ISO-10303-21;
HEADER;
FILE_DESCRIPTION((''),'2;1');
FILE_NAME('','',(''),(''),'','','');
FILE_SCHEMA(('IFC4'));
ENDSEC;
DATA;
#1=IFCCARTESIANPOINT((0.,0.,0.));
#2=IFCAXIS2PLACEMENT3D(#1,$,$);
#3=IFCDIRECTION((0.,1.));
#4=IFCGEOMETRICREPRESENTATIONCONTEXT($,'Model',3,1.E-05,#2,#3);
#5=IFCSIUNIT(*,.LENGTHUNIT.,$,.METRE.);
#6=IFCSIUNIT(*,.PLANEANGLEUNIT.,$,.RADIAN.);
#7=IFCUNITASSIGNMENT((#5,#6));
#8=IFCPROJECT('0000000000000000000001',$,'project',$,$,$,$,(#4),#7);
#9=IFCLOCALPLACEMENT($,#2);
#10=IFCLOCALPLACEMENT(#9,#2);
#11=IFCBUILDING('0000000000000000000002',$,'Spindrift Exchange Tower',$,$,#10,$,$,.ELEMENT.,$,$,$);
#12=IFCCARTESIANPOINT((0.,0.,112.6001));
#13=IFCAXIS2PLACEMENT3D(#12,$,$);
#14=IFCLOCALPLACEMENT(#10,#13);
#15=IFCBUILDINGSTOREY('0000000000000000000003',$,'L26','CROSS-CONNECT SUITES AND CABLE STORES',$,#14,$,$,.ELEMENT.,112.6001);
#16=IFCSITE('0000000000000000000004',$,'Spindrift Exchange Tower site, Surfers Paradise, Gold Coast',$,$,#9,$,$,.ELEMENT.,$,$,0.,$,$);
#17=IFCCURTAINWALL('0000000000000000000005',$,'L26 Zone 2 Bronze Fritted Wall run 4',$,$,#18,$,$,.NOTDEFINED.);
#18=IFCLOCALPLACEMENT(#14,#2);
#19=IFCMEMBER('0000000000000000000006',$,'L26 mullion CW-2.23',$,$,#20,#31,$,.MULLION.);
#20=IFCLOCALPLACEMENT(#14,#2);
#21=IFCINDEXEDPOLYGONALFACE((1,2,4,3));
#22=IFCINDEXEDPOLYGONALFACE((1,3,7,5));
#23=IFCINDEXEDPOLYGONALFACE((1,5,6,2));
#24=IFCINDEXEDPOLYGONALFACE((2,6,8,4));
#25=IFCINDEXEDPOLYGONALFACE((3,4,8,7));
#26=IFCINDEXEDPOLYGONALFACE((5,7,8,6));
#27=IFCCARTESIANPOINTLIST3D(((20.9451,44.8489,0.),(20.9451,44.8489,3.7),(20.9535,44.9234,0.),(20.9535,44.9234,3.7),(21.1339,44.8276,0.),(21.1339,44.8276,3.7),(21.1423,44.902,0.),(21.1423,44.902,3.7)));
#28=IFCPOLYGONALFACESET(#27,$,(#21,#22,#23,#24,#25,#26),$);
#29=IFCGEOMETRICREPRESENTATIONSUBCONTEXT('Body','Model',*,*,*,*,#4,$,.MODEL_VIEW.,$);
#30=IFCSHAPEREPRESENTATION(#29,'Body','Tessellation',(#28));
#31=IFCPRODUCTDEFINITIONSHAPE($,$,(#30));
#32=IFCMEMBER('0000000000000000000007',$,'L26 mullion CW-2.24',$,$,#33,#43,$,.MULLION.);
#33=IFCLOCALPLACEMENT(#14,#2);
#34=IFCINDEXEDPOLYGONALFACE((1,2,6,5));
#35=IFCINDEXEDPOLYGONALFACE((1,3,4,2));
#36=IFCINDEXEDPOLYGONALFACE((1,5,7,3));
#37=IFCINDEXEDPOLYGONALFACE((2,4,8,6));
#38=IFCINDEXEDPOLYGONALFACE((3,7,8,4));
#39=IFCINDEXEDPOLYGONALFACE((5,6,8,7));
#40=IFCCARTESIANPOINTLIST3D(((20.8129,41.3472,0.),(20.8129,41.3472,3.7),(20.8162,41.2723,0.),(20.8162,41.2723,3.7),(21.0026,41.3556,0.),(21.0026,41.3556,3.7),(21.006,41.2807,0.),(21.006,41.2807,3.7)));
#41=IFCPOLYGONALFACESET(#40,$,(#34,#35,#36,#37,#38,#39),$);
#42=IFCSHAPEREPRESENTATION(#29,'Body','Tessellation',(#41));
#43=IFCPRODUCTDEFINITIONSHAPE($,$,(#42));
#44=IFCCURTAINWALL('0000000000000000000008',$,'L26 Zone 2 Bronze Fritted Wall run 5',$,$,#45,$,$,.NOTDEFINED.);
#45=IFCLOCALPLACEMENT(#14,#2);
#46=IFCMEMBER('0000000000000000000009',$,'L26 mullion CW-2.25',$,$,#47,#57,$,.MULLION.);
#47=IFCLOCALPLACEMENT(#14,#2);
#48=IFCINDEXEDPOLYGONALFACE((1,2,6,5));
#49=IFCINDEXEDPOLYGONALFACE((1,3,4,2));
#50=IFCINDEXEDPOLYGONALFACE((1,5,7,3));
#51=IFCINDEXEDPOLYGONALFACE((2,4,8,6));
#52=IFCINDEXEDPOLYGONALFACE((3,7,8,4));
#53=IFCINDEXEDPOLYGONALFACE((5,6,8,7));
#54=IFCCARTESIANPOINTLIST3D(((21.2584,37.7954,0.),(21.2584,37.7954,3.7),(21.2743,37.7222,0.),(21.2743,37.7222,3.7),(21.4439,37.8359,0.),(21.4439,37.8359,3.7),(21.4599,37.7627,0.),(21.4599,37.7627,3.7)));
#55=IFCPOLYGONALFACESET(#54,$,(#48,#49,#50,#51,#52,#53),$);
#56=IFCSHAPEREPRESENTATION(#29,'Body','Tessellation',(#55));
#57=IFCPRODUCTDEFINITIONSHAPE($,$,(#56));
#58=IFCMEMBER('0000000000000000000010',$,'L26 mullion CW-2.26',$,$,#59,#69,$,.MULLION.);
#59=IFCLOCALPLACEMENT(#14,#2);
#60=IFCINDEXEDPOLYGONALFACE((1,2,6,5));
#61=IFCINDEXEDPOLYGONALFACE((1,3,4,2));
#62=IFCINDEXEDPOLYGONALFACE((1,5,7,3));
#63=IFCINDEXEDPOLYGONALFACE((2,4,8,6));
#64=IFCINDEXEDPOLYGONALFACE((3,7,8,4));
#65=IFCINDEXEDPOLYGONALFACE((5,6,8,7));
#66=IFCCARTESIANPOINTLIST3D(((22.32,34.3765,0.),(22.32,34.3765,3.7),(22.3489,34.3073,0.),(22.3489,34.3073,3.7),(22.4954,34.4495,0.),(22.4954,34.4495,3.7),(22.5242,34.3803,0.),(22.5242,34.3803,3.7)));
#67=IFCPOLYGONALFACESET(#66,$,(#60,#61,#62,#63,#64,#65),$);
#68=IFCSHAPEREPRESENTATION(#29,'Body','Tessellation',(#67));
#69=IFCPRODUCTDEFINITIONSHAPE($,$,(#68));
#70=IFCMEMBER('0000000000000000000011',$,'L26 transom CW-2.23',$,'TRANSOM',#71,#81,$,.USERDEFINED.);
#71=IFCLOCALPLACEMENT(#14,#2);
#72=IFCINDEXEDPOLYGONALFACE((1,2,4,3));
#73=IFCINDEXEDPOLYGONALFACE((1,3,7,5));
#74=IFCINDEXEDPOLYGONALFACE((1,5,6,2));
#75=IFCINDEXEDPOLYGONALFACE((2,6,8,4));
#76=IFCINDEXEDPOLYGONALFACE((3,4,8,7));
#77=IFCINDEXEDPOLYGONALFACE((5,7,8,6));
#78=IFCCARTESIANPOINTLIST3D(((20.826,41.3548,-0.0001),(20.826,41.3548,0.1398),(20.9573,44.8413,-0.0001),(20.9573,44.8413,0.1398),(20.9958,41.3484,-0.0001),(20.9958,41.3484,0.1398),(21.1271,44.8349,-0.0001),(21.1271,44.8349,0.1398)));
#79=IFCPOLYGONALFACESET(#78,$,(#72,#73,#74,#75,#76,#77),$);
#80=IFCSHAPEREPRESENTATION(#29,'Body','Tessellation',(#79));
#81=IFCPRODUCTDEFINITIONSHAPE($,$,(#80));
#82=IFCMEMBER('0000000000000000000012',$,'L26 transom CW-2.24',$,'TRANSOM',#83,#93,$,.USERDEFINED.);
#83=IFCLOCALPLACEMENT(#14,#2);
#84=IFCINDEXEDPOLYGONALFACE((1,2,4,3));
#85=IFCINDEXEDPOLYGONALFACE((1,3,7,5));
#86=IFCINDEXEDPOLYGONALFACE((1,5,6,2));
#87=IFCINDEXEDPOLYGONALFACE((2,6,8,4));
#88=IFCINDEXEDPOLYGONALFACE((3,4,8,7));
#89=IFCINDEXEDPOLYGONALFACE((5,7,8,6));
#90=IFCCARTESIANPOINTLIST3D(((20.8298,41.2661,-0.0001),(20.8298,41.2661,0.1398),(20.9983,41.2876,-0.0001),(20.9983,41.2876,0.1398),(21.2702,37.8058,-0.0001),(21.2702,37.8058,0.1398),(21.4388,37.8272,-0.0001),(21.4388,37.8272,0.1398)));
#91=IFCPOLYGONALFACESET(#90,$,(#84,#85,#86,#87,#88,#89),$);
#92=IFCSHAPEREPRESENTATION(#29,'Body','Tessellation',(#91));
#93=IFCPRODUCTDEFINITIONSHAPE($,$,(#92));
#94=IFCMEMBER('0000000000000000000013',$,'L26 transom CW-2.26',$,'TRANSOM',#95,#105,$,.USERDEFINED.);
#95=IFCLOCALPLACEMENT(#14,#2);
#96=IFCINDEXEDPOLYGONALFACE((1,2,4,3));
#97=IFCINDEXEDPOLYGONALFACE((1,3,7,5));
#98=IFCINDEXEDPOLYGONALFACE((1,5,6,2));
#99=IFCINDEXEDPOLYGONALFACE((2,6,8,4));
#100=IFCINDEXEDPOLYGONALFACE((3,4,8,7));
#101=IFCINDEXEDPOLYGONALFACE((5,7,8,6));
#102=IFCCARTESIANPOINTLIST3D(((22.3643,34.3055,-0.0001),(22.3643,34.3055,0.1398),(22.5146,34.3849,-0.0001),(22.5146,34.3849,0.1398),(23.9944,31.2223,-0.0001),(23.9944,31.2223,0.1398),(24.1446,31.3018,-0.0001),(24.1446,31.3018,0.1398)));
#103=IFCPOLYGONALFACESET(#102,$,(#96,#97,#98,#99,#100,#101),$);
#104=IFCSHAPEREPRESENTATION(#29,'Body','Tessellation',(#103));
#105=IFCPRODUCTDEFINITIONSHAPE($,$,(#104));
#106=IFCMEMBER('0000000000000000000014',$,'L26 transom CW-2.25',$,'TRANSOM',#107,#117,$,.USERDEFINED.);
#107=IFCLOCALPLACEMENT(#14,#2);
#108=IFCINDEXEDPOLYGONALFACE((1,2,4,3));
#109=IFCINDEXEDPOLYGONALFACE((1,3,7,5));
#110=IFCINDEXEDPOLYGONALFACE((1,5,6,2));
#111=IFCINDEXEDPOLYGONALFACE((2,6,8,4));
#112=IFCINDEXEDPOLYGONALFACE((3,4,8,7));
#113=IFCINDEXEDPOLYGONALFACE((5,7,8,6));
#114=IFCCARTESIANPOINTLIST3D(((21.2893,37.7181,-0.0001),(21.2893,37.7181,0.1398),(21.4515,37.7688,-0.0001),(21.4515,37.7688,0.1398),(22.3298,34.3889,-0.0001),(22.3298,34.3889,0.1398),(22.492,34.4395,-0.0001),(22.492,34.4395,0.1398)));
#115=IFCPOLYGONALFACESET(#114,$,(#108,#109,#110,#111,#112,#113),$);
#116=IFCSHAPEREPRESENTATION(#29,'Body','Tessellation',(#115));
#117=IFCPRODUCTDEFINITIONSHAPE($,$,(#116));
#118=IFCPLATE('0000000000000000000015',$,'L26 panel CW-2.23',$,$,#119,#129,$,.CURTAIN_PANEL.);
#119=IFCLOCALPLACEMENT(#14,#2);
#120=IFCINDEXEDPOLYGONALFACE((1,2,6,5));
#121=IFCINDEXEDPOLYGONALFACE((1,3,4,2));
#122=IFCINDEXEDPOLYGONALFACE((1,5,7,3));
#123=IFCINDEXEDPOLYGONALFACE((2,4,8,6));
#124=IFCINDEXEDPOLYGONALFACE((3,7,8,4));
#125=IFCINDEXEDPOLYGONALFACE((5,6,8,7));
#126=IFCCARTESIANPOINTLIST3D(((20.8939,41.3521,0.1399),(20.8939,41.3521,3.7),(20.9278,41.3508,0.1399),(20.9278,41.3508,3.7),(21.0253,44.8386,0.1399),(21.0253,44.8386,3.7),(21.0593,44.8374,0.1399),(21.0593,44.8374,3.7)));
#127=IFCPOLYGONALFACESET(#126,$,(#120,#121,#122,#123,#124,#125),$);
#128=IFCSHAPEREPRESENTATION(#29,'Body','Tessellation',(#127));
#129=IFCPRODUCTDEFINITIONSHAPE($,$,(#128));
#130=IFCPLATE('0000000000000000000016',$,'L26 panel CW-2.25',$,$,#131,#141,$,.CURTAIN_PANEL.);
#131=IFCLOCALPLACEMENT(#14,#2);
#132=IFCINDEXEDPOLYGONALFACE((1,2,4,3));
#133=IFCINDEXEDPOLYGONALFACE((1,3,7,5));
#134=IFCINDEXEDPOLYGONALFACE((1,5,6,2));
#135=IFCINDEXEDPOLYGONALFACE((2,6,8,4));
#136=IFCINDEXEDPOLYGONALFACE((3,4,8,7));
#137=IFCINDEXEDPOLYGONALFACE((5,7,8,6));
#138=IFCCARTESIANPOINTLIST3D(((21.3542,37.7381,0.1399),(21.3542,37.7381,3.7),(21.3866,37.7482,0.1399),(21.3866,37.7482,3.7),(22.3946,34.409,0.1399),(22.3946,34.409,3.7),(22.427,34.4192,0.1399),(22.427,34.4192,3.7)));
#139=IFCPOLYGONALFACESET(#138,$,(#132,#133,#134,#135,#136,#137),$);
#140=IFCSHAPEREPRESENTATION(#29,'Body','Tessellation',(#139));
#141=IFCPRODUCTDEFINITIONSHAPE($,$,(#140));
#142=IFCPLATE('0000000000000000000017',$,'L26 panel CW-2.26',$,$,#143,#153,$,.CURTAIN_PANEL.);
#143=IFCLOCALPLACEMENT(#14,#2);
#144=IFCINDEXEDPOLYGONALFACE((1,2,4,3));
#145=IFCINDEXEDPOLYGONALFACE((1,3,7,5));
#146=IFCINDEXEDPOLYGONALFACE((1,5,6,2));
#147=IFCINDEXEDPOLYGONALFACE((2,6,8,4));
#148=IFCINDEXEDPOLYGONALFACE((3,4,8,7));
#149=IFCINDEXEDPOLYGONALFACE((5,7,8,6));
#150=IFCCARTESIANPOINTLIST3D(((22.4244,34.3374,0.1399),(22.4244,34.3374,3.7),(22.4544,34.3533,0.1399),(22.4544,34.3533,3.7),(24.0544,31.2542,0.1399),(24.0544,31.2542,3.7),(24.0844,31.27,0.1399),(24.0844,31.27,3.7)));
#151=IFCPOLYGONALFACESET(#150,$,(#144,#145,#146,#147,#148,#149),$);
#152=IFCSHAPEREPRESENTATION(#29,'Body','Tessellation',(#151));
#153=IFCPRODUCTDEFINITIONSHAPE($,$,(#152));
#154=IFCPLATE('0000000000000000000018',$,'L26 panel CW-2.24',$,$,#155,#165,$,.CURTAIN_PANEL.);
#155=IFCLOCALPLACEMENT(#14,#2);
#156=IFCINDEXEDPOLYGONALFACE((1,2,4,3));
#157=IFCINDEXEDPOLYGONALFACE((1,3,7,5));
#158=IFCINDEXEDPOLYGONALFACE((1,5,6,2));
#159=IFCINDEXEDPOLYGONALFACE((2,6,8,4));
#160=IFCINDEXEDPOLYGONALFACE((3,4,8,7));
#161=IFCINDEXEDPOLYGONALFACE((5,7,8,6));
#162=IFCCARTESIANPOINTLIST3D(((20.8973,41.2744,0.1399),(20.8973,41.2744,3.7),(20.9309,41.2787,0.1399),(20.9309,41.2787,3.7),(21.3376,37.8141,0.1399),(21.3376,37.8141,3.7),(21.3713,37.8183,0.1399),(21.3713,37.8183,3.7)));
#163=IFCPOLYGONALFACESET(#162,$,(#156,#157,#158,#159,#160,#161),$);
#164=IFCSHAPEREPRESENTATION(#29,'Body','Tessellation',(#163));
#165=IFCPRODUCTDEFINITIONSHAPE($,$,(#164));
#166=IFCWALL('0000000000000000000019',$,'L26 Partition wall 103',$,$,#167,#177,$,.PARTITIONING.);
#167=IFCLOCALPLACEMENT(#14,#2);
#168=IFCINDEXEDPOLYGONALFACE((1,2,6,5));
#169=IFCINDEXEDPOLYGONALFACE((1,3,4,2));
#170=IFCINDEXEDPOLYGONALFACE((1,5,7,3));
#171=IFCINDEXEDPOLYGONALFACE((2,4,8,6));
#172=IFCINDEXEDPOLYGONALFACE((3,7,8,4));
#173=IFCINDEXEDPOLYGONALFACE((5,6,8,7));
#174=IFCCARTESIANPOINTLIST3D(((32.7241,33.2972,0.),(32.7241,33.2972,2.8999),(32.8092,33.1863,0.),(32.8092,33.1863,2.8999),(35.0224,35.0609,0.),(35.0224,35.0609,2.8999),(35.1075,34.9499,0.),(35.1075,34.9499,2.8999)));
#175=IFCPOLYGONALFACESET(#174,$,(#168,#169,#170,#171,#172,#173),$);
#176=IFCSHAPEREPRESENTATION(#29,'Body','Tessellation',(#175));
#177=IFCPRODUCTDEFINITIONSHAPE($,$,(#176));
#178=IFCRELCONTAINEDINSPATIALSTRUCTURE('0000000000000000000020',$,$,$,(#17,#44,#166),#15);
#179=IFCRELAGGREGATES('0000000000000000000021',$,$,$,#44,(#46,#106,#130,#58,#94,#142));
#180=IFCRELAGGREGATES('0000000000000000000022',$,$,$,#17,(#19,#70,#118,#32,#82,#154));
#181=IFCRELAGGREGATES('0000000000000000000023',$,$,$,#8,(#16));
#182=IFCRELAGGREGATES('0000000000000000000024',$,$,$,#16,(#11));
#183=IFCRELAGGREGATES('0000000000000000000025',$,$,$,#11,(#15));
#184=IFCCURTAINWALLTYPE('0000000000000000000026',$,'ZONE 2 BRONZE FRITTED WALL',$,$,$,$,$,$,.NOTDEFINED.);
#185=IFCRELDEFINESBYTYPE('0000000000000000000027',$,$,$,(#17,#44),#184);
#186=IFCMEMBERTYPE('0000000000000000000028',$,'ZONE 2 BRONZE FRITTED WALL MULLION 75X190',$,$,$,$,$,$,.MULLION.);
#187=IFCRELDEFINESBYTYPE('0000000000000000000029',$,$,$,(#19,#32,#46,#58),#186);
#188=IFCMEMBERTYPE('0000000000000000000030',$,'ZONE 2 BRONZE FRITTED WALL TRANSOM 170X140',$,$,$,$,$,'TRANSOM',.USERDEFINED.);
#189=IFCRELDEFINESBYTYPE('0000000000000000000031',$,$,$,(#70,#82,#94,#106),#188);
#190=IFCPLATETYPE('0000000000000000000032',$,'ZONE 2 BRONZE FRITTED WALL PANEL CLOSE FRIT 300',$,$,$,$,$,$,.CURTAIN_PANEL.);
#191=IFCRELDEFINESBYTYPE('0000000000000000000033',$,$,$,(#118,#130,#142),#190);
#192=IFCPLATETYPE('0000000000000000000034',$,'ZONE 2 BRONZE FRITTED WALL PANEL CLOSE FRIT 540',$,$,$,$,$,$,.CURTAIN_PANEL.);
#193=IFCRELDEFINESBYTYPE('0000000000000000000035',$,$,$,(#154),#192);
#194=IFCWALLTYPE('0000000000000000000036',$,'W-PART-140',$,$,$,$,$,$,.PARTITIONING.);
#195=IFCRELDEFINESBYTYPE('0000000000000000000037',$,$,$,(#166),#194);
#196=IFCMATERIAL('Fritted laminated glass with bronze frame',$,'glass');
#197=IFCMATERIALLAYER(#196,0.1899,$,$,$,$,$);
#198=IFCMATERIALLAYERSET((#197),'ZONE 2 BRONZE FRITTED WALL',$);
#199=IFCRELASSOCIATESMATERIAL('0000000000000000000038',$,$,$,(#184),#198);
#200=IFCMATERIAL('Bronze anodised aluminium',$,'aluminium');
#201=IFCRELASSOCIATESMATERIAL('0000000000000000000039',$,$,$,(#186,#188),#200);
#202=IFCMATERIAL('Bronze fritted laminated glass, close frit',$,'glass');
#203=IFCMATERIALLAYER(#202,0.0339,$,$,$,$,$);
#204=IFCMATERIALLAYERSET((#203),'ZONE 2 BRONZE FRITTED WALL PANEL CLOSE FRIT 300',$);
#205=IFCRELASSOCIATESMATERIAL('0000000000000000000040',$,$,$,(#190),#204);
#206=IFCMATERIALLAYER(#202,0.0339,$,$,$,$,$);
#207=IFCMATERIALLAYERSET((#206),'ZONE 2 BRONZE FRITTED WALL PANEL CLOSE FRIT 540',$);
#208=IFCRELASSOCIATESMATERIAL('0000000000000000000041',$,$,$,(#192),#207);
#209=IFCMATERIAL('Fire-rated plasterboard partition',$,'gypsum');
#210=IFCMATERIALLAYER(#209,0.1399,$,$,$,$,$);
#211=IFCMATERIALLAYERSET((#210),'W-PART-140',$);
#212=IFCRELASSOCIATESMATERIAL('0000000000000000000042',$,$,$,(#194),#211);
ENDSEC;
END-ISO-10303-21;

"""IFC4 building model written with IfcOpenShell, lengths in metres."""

from ifc_helpers import new_model, si_unit, direction, frame, frame_2d, origin, origin_2d, place, context, subcontext, project, spatial, rectangle, extrude, source, transform, mapped, material, layer, layer_set, material_profile, profile_set, type_object, element, aggregate, save


model = new_model("IFC4")

# Units and contexts
model_context = context("Model", 3, precision=1e-05, world=origin(), true_north=direction((0.0, 1.0)))
body_context = subcontext(model_context, "Body", "Model", "MODEL_VIEW")
ifc_project = project(units=[si_unit("LENGTHUNIT", "METRE"), si_unit("PLANEANGLEUNIT", "RADIAN")], contexts=[model_context])

# Site, building, storey
site_placement = place(None, origin())
site = spatial("IfcSite", under=ifc_project, at=site_placement, Name="Spindrift Exchange Tower site, Surfers Paradise, Gold Coast", CompositionType="ELEMENT", RefElevation=0.0)
building_placement = place(site_placement, origin())
building = spatial("IfcBuilding", under=site, at=building_placement, Name="Spindrift Exchange Tower", CompositionType="ELEMENT")
storey_placement = place(building_placement, frame((0.0, 0.0, 112.6001)))
storey = spatial("IfcBuildingStorey", under=building, at=storey_placement, Name="L26", Description="CROSS-CONNECT SUITES AND CABLE STORES", CompositionType="ELEMENT", Elevation=112.6001)

# Curtain walls, members
ifc_material_1 = material(Name="Fritted laminated glass with bronze frame", Category="glass")
ifc_layer_1 = layer(ifc_material_1, 0.1899)
ifc_layer_set_1 = layer_set([ifc_layer_1], Name="ZONE 2 BRONZE FRITTED WALL")
curtain_wall_type = type_object("IfcCurtainWallType", Name="ZONE 2 BRONZE FRITTED WALL", PredefinedType="NOTDEFINED", material=ifc_layer_set_1)
curtain_wall_1_placement = place(storey_placement, origin())
curtain_wall_1 = element("IfcCurtainWall", 1, at=curtain_wall_1_placement, inside=storey, type_object=curtain_wall_type, Name="L26 Zone 2 Bronze Fritted Wall run 4", PredefinedType="NOTDEFINED")
ifc_material_2 = material(Name="Bronze anodised aluminium", Category="aluminium")
ifc_material_profile_1 = material_profile(ifc_material_2, rectangle(XDim=0.075, YDim=0.1899, at=origin_2d()), Name="ZONE 2 BRONZE FRITTED WALL MULLION 75X190")
ifc_profile_set_1 = profile_set([ifc_material_profile_1], Name="Bronze anodised aluminium")
member_type_1 = type_object("IfcMemberType", Name="ZONE 2 BRONZE FRITTED WALL MULLION 75X190", PredefinedType="MULLION", material=ifc_profile_set_1)
shared_shape_1 = source(origin(), body_context, "Body", "SweptSolid", [
    extrude(rectangle(XDim=0.075, YDim=0.1899, at=origin_2d()), origin(), (0.0, 0.0, 1.0), 3.7),
])
member_1_placement = place(storey_placement, frame((21.0437, 44.8755, 0.0), z_axis=(0.0, 0.0, 1.0), x_axis=(-0.112431, -0.99366, 0.0)))
member_1 = element("IfcMember", 2, at=member_1_placement, type_object=member_type_1, Name="L26 mullion CW-2.23", PredefinedType="MULLION", context=body_context, shape_type="MappedRepresentation", body=[
    mapped(shared_shape_1, transform((0.0, 0.0, 0.0), scale=1.0)),
])
member_2_placement = place(storey_placement, frame((20.9094, 41.314, 0.0), z_axis=(0.0, 0.0, 1.0), x_axis=(0.044423, -0.999013, 0.0)))
member_2 = element("IfcMember", 3, at=member_2_placement, type_object=member_type_1, Name="L26 mullion CW-2.24", PredefinedType="MULLION", context=body_context, shape_type="MappedRepresentation", body=[
    mapped(shared_shape_1, transform((0.0, 0.0, 0.0), scale=1.0)),
])
curtain_wall_2_placement = place(storey_placement, origin())
curtain_wall_2 = element("IfcCurtainWall", 4, at=curtain_wall_2_placement, inside=storey, type_object=curtain_wall_type, Name="L26 Zone 2 Bronze Fritted Wall run 5", PredefinedType="NOTDEFINED")
member_3_placement = place(storey_placement, frame((21.3591, 37.7791, 0.0), z_axis=(0.0, 0.0, 1.0), x_axis=(0.213089, -0.977033, 0.0)))
member_3 = element("IfcMember", 5, at=member_3_placement, type_object=member_type_1, Name="L26 mullion CW-2.25", PredefinedType="MULLION", context=body_context, shape_type="MappedRepresentation", body=[
    mapped(shared_shape_1, transform((0.0, 0.0, 0.0), scale=1.0)),
])
member_4_placement = place(storey_placement, frame((22.4221, 34.3784, 0.0), z_axis=(0.0, 0.0, 1.0), x_axis=(0.38444, -0.92315, 0.0)))
member_4 = element("IfcMember", 6, at=member_4_placement, type_object=member_type_1, Name="L26 mullion CW-2.26", PredefinedType="MULLION", context=body_context, shape_type="MappedRepresentation", body=[
    mapped(shared_shape_1, transform((0.0, 0.0, 0.0), scale=1.0)),
])

# Members
ifc_material_profile_2 = material_profile(ifc_material_2, rectangle(XDim=0.1699, YDim=0.1399, at=origin_2d()), Name="ZONE 2 BRONZE FRITTED WALL TRANSOM 170X140")
ifc_profile_set_2 = profile_set([ifc_material_profile_2], Name="Bronze anodised aluminium")
member_type_2 = type_object("IfcMemberType", Name="ZONE 2 BRONZE FRITTED WALL TRANSOM 170X140", ElementType="TRANSOM", PredefinedType="USERDEFINED", material=ifc_profile_set_2)
shared_shape_2 = source(origin(), body_context, "Body", "SweptSolid", [
    extrude(rectangle(XDim=0.1699, YDim=0.1399, at=origin_2d()), origin(), (0.0, 0.0, 1.0), 3.489),
])
member_5_placement = place(storey_placement, frame((21.0422, 44.8381, 0.0698), z_axis=(-0.037646, -0.999291, 0.0), x_axis=(0.999291, -0.037646, 0.0)))
member_5 = element("IfcMember", 7, at=member_5_placement, type_object=member_type_2, Name="L26 transom CW-2.23", ObjectType="TRANSOM", PredefinedType="USERDEFINED", context=body_context, shape_type="MappedRepresentation", body=[
    mapped(shared_shape_2, transform((0.0, 0.0, 0.0), scale=1.0)),
])
shared_shape_3 = source(origin(), body_context, "Body", "SweptSolid", [
    extrude(rectangle(XDim=0.1699, YDim=0.1399, at=origin_2d()), origin(), (0.0, 0.0, 1.0), 3.4883),
])
member_6_placement = place(storey_placement, frame((20.9141, 41.2769, 0.0698), z_axis=(0.126257, -0.991998, 0.0), x_axis=(0.991998, 0.126257, 0.0)))
member_6 = element("IfcMember", 8, at=member_6_placement, type_object=member_type_2, Name="L26 transom CW-2.24", ObjectType="TRANSOM", PredefinedType="USERDEFINED", context=body_context, shape_type="MappedRepresentation", body=[
    mapped(shared_shape_3, transform((0.0, 0.0, 0.0), scale=1.0)),
])
shared_shape_4 = source(origin(), body_context, "Body", "SweptSolid", [
    extrude(rectangle(XDim=0.1699, YDim=0.1399, at=origin_2d()), origin(), (0.0, 0.0, 1.0), 3.4875),
])
member_7_placement = place(storey_placement, frame((22.4395, 34.3452, 0.0698), z_axis=(0.467399, -0.884047, 0.0), x_axis=(0.884047, 0.467399, 0.0)))
member_7 = element("IfcMember", 9, at=member_7_placement, type_object=member_type_2, Name="L26 transom CW-2.26", ObjectType="TRANSOM", PredefinedType="USERDEFINED", context=body_context, shape_type="MappedRepresentation", body=[
    mapped(shared_shape_4, transform((0.0, 0.0, 0.0), scale=1.0)),
])
shared_shape_5 = source(origin(), body_context, "Body", "SweptSolid", [
    extrude(rectangle(XDim=0.1699, YDim=0.1399, at=origin_2d()), origin(), (0.0, 0.0, 1.0), 3.488),
])
member_8_placement = place(storey_placement, frame((21.3704, 37.7434, 0.0698), z_axis=(0.298323, -0.954465, 0.0), x_axis=(0.954465, 0.298323, 0.0)))
member_8 = element("IfcMember", 10, at=member_8_placement, type_object=member_type_2, Name="L26 transom CW-2.25", ObjectType="TRANSOM", PredefinedType="USERDEFINED", context=body_context, shape_type="MappedRepresentation", body=[
    mapped(shared_shape_5, transform((0.0, 0.0, 0.0), scale=1.0)),
])

# Plates
ifc_material_3 = material(Name="Bronze fritted laminated glass, close frit", Category="glass")
ifc_layer_2 = layer(ifc_material_3, 0.0339)
ifc_layer_set_2 = layer_set([ifc_layer_2], Name="ZONE 2 BRONZE FRITTED WALL PANEL CLOSE FRIT 300")
plate_type_1 = type_object("IfcPlateType", Name="ZONE 2 BRONZE FRITTED WALL PANEL CLOSE FRIT 300", PredefinedType="CURTAIN_PANEL", material=ifc_layer_set_2)
shared_shape_6 = source(origin(), body_context, "Body", "SweptSolid", [
    extrude(rectangle(XDim=3.489, YDim=0.0339, at=origin_2d()), origin(), (0.0, 0.0, 1.0), 3.5601),
])
plate_1_placement = place(storey_placement, frame((20.9766, 43.0947, 0.1399), z_axis=(0.0, 0.0, 1.0), x_axis=(-0.037681, -0.99929, 0.0)))
plate_1 = element("IfcPlate", 11, at=plate_1_placement, type_object=plate_type_1, Name="L26 panel CW-2.23", PredefinedType="CURTAIN_PANEL", context=body_context, shape_type="MappedRepresentation", body=[
    mapped(shared_shape_6, transform((0.0, 0.0, 0.0), scale=1.0)),
])
shared_shape_7 = source(origin(), body_context, "Body", "SweptSolid", [
    extrude(rectangle(XDim=3.4878, YDim=0.0339, at=origin_2d()), origin(), (0.0, 0.0, 1.0), 3.5601),
])
plate_2_placement = place(storey_placement, frame((21.8906, 36.0786, 0.1399), z_axis=(0.0, 0.0, 1.0), x_axis=(0.298296, -0.954473, 0.0)))
plate_2 = element("IfcPlate", 12, at=plate_2_placement, type_object=plate_type_1, Name="L26 panel CW-2.25", PredefinedType="CURTAIN_PANEL", context=body_context, shape_type="MappedRepresentation", body=[
    mapped(shared_shape_7, transform((0.0, 0.0, 0.0), scale=1.0)),
])
shared_shape_8 = source(origin(), body_context, "Body", "SweptSolid", [
    extrude(rectangle(XDim=3.4875, YDim=0.0339, at=origin_2d()), origin(), (0.0, 0.0, 1.0), 3.5601),
])
plate_3_placement = place(storey_placement, frame((23.2544, 32.8037, 0.1399), z_axis=(0.0, 0.0, 1.0), x_axis=(0.467354, -0.88407, 0.0)))
plate_3 = element("IfcPlate", 13, at=plate_3_placement, type_object=plate_type_1, Name="L26 panel CW-2.26", PredefinedType="CURTAIN_PANEL", context=body_context, shape_type="MappedRepresentation", body=[
    mapped(shared_shape_8, transform((0.0, 0.0, 0.0), scale=1.0)),
])
aggregate(curtain_wall_2, [member_3, member_8, plate_2, member_4, member_7, plate_3])
ifc_layer_3 = layer(ifc_material_3, 0.0339)
ifc_layer_set_3 = layer_set([ifc_layer_3], Name="ZONE 2 BRONZE FRITTED WALL PANEL CLOSE FRIT 540")
plate_type_2 = type_object("IfcPlateType", Name="ZONE 2 BRONZE FRITTED WALL PANEL CLOSE FRIT 540", PredefinedType="CURTAIN_PANEL", material=ifc_layer_set_3)
shared_shape_9 = source(origin(), body_context, "Body", "SweptSolid", [
    extrude(rectangle(XDim=3.4883, YDim=0.0339, at=origin_2d()), origin(), (0.0, 0.0, 1.0), 3.5601),
])
plate_4_placement = place(storey_placement, frame((21.1343, 39.5464, 0.1399), z_axis=(0.0, 0.0, 1.0), x_axis=(0.126228, -0.992001, 0.0)))
plate_4 = element("IfcPlate", 14, at=plate_4_placement, type_object=plate_type_2, Name="L26 panel CW-2.24", PredefinedType="CURTAIN_PANEL", context=body_context, shape_type="MappedRepresentation", body=[
    mapped(shared_shape_9, transform((0.0, 0.0, 0.0), scale=1.0)),
])
aggregate(curtain_wall_1, [member_1, member_5, plate_1, member_2, member_6, plate_4])

# Wall
ifc_material_4 = material(Name="Fire-rated plasterboard partition", Category="gypsum")
ifc_layer_4 = layer(ifc_material_4, 0.1399)
ifc_layer_set_4 = layer_set([ifc_layer_4], Name="W-PART-140")
wall_type_1 = type_object("IfcWallType", Name="W-PART-140", PredefinedType="PARTITIONING", material=ifc_layer_set_4)
wall_1_placement = place(storey_placement, frame((35.0649, 35.0054, 0.0), z_axis=(0.0, 0.0, 1.0), x_axis=(-0.793338, -0.608782, 0.0)))
element("IfcWall", 15, at=wall_1_placement, inside=storey, type_object=wall_type_1, Name="L26 Partition wall 103", PredefinedType="PARTITIONING", context=body_context, shape_type="SweptSolid", body=[
    extrude(rectangle(XDim=2.897, YDim=0.1399, at=frame_2d((1.4485, 0.0))), origin(), (0.0, 0.0, 1.0), 2.8999),
])

save(model, "model.ifc")
